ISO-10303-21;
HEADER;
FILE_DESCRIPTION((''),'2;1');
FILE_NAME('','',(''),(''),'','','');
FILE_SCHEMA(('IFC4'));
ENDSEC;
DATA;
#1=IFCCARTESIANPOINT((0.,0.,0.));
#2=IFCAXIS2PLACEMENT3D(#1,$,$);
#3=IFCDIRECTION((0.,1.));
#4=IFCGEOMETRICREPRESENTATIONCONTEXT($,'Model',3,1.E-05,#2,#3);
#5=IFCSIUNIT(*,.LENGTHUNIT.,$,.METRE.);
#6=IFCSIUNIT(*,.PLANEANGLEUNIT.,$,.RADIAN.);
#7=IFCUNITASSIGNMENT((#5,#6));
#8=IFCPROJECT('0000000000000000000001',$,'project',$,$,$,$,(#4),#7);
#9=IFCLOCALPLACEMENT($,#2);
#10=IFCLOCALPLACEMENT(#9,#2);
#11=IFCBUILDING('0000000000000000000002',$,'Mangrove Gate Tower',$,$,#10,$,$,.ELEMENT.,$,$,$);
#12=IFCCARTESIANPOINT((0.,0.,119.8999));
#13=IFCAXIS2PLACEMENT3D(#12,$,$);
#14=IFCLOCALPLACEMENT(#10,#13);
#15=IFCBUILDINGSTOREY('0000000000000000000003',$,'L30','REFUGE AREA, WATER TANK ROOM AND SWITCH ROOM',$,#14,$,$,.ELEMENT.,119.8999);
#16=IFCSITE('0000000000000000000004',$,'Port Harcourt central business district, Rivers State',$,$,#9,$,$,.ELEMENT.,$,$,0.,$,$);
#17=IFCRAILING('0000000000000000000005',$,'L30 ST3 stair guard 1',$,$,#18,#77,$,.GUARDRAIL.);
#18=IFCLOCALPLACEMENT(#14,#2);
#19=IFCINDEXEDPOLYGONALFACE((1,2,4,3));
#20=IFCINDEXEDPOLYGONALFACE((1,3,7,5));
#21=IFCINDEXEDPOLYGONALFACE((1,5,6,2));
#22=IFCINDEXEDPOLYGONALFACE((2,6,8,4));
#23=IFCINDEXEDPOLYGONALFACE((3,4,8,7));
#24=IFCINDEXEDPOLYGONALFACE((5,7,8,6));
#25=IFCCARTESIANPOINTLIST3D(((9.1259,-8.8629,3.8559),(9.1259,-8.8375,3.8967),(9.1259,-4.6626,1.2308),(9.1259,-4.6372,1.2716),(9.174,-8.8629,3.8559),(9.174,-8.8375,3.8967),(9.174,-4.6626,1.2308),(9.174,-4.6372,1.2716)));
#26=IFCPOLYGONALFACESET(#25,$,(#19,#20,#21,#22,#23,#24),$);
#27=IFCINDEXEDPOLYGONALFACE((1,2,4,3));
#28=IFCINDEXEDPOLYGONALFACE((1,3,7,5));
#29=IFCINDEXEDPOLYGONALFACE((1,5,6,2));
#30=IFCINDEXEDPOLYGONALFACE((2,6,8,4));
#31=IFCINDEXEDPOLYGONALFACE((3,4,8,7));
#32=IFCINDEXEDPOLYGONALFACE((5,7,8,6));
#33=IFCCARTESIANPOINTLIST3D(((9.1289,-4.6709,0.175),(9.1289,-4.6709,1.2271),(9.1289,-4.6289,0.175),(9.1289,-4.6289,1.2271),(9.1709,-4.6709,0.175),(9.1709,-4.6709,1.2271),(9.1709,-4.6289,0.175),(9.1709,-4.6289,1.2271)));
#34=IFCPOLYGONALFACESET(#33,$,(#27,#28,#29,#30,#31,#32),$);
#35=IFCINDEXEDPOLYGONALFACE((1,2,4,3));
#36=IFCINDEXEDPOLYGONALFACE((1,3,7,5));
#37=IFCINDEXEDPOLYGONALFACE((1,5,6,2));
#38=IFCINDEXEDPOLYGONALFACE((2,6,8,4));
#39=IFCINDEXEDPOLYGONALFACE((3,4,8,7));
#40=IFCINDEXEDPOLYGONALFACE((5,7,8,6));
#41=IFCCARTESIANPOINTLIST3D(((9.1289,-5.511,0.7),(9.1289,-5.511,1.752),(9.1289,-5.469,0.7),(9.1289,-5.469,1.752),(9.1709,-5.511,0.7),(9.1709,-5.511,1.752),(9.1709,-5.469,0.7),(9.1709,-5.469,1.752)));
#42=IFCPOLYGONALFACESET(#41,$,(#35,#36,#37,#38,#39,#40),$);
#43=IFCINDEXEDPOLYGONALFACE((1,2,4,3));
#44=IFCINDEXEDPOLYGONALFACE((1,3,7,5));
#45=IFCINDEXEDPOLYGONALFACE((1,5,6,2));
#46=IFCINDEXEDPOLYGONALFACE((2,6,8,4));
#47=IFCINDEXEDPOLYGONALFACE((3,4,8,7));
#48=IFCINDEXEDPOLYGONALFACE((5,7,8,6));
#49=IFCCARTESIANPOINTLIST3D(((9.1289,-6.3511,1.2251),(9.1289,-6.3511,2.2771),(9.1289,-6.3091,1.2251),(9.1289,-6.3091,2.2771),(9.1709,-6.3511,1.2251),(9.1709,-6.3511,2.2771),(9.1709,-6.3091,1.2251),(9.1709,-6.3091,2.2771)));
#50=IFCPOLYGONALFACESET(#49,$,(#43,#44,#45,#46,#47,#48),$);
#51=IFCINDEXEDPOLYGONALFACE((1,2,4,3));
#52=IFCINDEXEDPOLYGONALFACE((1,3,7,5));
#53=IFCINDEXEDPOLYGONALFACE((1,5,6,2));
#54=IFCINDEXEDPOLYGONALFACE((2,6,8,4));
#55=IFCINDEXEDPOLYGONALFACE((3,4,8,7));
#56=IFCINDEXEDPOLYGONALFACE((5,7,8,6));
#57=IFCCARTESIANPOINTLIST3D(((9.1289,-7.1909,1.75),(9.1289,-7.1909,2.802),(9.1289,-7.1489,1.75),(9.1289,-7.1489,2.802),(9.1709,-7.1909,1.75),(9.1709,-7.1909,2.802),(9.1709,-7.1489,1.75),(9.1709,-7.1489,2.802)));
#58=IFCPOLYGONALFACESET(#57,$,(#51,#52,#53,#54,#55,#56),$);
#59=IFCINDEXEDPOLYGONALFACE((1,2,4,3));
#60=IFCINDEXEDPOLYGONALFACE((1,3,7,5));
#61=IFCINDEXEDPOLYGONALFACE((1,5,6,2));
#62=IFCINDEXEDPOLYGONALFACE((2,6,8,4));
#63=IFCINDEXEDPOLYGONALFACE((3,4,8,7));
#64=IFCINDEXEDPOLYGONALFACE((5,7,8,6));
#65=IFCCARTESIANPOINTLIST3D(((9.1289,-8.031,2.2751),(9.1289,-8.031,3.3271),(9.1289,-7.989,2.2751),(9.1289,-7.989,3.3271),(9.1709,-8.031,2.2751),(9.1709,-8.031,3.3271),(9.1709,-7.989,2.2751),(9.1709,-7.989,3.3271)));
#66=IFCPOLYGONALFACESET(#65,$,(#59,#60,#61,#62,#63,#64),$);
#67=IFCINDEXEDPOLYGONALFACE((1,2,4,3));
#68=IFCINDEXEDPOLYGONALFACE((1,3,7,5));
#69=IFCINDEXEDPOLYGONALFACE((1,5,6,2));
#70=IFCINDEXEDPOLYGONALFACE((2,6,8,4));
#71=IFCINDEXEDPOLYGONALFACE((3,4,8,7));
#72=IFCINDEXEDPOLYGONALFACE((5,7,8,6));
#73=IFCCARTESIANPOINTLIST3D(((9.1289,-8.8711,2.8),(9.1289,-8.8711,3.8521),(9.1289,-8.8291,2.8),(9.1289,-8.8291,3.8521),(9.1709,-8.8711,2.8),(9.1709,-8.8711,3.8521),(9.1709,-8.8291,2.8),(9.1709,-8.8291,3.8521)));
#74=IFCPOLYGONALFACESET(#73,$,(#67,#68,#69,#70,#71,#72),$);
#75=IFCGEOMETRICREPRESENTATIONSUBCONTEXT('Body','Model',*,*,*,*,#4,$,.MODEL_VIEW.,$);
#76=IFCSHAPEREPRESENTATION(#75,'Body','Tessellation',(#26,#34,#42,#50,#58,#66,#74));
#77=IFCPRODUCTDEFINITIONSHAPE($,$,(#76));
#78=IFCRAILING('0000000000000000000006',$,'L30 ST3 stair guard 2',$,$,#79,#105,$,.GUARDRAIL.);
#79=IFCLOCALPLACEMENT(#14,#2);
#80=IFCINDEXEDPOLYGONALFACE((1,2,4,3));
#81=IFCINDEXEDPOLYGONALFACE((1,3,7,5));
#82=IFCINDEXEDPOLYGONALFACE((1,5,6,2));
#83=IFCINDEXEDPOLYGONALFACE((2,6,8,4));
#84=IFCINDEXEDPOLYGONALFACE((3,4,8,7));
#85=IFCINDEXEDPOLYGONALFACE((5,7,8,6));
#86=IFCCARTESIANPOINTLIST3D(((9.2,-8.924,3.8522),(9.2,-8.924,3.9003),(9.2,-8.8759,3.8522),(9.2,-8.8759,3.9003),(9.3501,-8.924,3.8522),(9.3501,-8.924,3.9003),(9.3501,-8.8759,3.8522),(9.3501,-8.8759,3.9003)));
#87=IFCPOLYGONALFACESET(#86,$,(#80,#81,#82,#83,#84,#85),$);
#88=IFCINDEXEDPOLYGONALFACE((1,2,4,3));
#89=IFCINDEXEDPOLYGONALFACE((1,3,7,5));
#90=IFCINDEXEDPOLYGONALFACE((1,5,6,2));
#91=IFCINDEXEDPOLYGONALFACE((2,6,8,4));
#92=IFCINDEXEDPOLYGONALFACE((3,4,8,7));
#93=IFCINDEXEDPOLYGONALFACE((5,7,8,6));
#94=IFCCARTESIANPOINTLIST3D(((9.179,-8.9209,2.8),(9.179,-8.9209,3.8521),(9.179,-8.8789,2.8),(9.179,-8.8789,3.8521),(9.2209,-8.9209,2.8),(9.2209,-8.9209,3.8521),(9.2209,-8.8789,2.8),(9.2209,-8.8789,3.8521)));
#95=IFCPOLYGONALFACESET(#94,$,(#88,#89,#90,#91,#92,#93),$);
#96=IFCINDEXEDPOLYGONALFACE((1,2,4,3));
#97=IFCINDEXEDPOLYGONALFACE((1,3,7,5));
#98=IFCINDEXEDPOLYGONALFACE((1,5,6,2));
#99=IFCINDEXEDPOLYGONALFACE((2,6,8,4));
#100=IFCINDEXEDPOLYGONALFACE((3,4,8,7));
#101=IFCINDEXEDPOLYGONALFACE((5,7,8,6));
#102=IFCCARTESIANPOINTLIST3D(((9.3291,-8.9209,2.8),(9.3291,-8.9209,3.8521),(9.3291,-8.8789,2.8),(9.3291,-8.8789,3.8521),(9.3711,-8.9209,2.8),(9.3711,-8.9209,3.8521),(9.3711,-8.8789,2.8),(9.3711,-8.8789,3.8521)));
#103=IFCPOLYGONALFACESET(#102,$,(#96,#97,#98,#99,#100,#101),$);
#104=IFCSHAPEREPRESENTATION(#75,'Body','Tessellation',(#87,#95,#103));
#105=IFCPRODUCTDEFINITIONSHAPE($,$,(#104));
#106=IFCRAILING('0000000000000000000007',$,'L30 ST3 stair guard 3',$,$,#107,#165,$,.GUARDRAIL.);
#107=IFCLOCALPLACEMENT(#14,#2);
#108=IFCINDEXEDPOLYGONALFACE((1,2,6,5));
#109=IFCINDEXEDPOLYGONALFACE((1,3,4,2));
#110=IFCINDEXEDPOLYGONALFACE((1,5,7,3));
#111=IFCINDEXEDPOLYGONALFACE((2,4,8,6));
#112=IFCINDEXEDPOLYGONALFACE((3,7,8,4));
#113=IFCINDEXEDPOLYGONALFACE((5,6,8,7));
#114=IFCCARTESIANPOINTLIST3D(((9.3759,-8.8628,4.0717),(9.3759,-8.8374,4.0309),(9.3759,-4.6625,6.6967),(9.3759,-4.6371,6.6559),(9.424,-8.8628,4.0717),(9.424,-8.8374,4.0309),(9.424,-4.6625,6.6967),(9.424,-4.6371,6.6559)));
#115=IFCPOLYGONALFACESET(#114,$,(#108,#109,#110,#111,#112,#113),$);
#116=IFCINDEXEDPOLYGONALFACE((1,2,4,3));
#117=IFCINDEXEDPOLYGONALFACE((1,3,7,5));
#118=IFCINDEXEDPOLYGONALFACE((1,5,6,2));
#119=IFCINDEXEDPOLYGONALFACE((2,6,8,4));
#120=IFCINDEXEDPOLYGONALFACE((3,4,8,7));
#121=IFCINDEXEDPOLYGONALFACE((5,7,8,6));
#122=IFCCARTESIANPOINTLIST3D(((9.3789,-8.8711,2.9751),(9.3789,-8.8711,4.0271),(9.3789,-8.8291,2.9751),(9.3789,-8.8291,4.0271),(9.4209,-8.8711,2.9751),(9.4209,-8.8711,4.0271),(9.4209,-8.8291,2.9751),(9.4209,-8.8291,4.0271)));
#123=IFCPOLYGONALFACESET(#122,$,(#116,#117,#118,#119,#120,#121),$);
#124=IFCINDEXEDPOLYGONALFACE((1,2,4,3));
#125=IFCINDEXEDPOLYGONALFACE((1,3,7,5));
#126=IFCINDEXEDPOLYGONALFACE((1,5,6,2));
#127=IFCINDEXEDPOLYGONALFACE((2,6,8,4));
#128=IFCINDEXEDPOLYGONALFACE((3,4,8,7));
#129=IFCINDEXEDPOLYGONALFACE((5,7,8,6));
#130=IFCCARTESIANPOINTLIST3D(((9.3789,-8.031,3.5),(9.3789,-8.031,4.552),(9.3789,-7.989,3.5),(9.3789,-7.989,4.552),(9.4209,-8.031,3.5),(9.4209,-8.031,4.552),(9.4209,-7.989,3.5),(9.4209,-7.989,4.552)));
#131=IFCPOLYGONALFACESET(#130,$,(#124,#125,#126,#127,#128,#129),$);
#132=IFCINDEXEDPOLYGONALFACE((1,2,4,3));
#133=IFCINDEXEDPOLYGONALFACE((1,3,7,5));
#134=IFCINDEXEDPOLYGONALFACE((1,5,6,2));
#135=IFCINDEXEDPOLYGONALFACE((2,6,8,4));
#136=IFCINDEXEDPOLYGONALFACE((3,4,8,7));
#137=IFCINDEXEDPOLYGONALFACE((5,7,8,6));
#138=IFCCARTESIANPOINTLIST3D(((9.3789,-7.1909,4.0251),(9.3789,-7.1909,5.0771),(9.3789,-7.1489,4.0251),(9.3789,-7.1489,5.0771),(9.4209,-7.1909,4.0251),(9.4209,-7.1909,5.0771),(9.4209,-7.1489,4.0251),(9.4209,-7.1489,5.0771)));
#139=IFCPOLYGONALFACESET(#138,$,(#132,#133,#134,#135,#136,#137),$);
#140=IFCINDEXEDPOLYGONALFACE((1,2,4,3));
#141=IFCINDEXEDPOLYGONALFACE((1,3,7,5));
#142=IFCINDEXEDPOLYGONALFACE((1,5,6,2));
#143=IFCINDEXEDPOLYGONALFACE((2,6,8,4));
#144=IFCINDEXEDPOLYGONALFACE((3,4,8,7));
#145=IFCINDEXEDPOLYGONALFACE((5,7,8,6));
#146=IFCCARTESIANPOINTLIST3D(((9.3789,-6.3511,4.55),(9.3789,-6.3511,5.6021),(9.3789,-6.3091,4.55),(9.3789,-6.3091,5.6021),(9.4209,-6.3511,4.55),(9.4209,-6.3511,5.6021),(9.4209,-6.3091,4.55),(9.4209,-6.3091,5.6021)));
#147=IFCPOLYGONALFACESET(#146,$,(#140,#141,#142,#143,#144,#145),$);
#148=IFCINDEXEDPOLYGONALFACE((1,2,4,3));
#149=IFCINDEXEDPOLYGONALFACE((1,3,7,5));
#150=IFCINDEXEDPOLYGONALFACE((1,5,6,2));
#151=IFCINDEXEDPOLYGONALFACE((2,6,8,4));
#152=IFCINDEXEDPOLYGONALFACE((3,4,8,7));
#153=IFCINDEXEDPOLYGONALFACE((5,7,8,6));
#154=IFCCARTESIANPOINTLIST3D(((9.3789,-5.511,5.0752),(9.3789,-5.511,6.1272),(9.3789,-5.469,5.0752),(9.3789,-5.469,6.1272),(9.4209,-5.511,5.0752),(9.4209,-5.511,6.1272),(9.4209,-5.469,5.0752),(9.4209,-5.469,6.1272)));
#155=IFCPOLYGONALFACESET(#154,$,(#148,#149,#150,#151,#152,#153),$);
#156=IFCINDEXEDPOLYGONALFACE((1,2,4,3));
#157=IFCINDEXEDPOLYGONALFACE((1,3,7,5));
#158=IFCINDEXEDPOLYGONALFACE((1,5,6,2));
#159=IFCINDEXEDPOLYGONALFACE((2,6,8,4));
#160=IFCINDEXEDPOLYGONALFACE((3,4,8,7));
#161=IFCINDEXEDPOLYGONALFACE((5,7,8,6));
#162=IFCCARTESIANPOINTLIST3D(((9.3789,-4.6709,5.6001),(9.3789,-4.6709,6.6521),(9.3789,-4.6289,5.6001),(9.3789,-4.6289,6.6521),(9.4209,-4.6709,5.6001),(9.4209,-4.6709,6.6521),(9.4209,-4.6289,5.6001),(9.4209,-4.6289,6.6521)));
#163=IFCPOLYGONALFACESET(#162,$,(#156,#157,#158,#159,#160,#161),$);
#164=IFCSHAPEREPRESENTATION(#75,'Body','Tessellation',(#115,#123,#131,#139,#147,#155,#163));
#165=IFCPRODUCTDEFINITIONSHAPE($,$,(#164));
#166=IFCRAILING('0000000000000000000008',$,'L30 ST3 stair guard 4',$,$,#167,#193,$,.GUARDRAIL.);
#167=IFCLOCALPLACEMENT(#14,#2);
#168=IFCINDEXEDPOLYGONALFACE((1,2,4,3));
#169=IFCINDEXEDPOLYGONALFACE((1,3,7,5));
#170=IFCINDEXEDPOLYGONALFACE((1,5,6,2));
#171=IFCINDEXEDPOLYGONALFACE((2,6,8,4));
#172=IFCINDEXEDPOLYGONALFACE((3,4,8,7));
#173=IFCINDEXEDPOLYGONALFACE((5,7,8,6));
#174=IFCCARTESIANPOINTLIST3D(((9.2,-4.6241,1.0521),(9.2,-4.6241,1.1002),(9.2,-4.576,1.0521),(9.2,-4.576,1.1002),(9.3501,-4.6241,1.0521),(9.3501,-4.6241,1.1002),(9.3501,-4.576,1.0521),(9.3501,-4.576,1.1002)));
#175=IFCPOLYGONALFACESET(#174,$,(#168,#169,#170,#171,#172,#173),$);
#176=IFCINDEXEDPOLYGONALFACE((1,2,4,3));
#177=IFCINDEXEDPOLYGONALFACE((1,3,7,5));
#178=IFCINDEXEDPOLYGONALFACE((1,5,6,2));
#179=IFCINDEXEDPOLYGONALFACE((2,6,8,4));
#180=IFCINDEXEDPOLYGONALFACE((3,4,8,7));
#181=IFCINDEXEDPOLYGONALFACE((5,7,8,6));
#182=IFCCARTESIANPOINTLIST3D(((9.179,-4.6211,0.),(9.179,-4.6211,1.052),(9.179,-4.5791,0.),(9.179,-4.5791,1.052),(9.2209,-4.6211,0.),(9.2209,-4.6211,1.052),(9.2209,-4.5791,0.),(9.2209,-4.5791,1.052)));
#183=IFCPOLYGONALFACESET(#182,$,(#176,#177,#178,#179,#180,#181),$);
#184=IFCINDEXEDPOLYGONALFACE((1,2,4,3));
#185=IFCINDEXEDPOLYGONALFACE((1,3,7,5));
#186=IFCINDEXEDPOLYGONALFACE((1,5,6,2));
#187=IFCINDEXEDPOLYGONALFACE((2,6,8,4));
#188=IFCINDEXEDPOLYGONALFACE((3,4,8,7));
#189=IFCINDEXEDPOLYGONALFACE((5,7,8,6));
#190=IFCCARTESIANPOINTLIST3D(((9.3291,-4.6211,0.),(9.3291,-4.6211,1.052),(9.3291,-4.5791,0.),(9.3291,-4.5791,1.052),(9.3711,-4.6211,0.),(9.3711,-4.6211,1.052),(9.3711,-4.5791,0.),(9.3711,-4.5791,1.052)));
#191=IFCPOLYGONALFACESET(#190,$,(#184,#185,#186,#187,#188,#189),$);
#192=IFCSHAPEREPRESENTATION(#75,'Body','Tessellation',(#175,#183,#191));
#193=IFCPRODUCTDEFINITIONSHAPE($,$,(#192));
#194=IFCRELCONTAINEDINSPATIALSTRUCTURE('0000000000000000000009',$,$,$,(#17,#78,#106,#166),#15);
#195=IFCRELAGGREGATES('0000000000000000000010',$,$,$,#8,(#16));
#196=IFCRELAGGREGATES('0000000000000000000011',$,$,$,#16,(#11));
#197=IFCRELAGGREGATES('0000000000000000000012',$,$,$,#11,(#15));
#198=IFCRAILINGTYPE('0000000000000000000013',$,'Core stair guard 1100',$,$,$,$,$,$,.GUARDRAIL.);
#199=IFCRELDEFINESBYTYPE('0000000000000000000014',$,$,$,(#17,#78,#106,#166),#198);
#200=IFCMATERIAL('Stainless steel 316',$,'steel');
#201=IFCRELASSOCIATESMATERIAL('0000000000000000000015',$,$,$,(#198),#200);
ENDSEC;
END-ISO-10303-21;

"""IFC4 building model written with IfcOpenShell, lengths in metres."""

from ifc_helpers import new_model, si_unit, direction, frame, origin, origin_2d, place, context, subcontext, project, spatial, rectangle, extrude, material, type_object, element, save


model = new_model("IFC4")

# Units and contexts
model_context = context("Model", 3, precision=1e-05, world=origin(), true_north=direction((0.0, 1.0)))
body_context = subcontext(model_context, "Body", "Model", "MODEL_VIEW")
ifc_project = project(units=[si_unit("LENGTHUNIT", "METRE"), si_unit("PLANEANGLEUNIT", "RADIAN")], contexts=[model_context])

# Site, building, storey
site_placement = place(None, origin())
site = spatial("IfcSite", under=ifc_project, at=site_placement, Name="Port Harcourt central business district, Rivers State", CompositionType="ELEMENT", RefElevation=0.0)
building_placement = place(site_placement, origin())
building = spatial("IfcBuilding", under=site, at=building_placement, Name="Mangrove Gate Tower", CompositionType="ELEMENT")
storey_placement = place(building_placement, frame((0.0, 0.0, 119.8999)))
storey = spatial("IfcBuildingStorey", under=building, at=storey_placement, Name="L30", Description="REFUGE AREA, WATER TANK ROOM AND SWITCH ROOM", CompositionType="ELEMENT", Elevation=119.8999)

# Railings
ifc_material_1 = material(Name="Stainless steel 316", Category="steel")
railing_type_1 = type_object("IfcRailingType", Name="Core stair guard 1100", PredefinedType="GUARDRAIL", material=ifc_material_1)
railing_1_placement = place(storey_placement, frame((9.1499, -4.6499, 0.175)))
element("IfcRailing", 1, at=railing_1_placement, inside=storey, type_object=railing_type_1, Name="L30 ST3 stair guard 1", PredefinedType="GUARDRAIL", context=body_context, shape_type="SweptSolid", body=[
    extrude(rectangle(XDim=0.0481, YDim=0.0481, at=origin_2d()), frame((0.0, 0.0, 1.0762), z_axis=(0.0, -0.848009, 0.529981), x_axis=(1.0, 0.0, 0.0)), (0.0, 0.0, 1.0), 4.9531),
    extrude(rectangle(XDim=0.042, YDim=0.042, at=origin_2d()), origin(), (0.0, 0.0, 1.0), 1.052),
    extrude(rectangle(XDim=0.042, YDim=0.042, at=origin_2d()), frame((0.0, -0.8401, 0.5249)), (0.0, 0.0, 1.0), 1.052),
    extrude(rectangle(XDim=0.042, YDim=0.042, at=origin_2d()), frame((0.0, -1.6802, 1.05)), (0.0, 0.0, 1.0), 1.052),
    extrude(rectangle(XDim=0.042, YDim=0.042, at=origin_2d()), frame((0.0, -2.52, 1.575)), (0.0, 0.0, 1.0), 1.052),
    extrude(rectangle(XDim=0.042, YDim=0.042, at=origin_2d()), frame((0.0, -3.3601, 2.1001)), (0.0, 0.0, 1.0), 1.052),
    extrude(rectangle(XDim=0.042, YDim=0.042, at=origin_2d()), frame((0.0, -4.2002, 2.625)), (0.0, 0.0, 1.0), 1.052),
])
railing_2_placement = place(storey_placement, frame((9.2, -8.8999, 2.8)))
element("IfcRailing", 2, at=railing_2_placement, inside=storey, type_object=railing_type_1, Name="L30 ST3 stair guard 2", PredefinedType="GUARDRAIL", context=body_context, shape_type="SweptSolid", body=[
    extrude(rectangle(XDim=0.0481, YDim=0.0481, at=origin_2d()), frame((0.0, 0.0, 1.0762), z_axis=(1.0, 0.0, 0.0), x_axis=(0.0, 1.0, 0.0)), (0.0, 0.0, 1.0), 0.1501),
    extrude(rectangle(XDim=0.042, YDim=0.042, at=origin_2d()), origin(), (0.0, 0.0, 1.0), 1.052),
    extrude(rectangle(XDim=0.042, YDim=0.042, at=origin_2d()), frame((0.1501, 0.0, 0.0)), (0.0, 0.0, 1.0), 1.052),
])
railing_3_placement = place(storey_placement, frame((9.3999, -8.8501, 2.9751)))
element("IfcRailing", 3, at=railing_3_placement, inside=storey, type_object=railing_type_1, Name="L30 ST3 stair guard 3", PredefinedType="GUARDRAIL", context=body_context, shape_type="SweptSolid", body=[
    extrude(rectangle(XDim=0.0481, YDim=0.0481, at=origin_2d()), frame((0.0, 0.0, 1.0762), z_axis=(0.0, 0.848009, 0.529981), x_axis=(-1.0, 0.0, 0.0)), (0.0, 0.0, 1.0), 4.9531),
    extrude(rectangle(XDim=0.042, YDim=0.042, at=origin_2d()), origin(), (0.0, 0.0, 1.0), 1.052),
    extrude(rectangle(XDim=0.042, YDim=0.042, at=origin_2d()), frame((0.0, 0.8401, 0.5249)), (0.0, 0.0, 1.0), 1.052),
    extrude(rectangle(XDim=0.042, YDim=0.042, at=origin_2d()), frame((0.0, 1.6802, 1.05)), (0.0, 0.0, 1.0), 1.052),
    extrude(rectangle(XDim=0.042, YDim=0.042, at=origin_2d()), frame((0.0, 2.52, 1.575)), (0.0, 0.0, 1.0), 1.052),
    extrude(rectangle(XDim=0.042, YDim=0.042, at=origin_2d()), frame((0.0, 3.3601, 2.1001)), (0.0, 0.0, 1.0), 1.052),
    extrude(rectangle(XDim=0.042, YDim=0.042, at=origin_2d()), frame((0.0, 4.2002, 2.625)), (0.0, 0.0, 1.0), 1.052),
])
railing_4_placement = place(storey_placement, frame((9.2, -4.6001, 0.0)))
element("IfcRailing", 4, at=railing_4_placement, inside=storey, type_object=railing_type_1, Name="L30 ST3 stair guard 4", PredefinedType="GUARDRAIL", context=body_context, shape_type="SweptSolid", body=[
    extrude(rectangle(XDim=0.0481, YDim=0.0481, at=origin_2d()), frame((0.0, 0.0, 1.0762), z_axis=(1.0, 0.0, 0.0), x_axis=(0.0, 1.0, 0.0)), (0.0, 0.0, 1.0), 0.1501),
    extrude(rectangle(XDim=0.042, YDim=0.042, at=origin_2d()), origin(), (0.0, 0.0, 1.0), 1.052),
    extrude(rectangle(XDim=0.042, YDim=0.042, at=origin_2d()), frame((0.1501, 0.0, 0.0)), (0.0, 0.0, 1.0), 1.052),
])

save(model, "model.ifc")
